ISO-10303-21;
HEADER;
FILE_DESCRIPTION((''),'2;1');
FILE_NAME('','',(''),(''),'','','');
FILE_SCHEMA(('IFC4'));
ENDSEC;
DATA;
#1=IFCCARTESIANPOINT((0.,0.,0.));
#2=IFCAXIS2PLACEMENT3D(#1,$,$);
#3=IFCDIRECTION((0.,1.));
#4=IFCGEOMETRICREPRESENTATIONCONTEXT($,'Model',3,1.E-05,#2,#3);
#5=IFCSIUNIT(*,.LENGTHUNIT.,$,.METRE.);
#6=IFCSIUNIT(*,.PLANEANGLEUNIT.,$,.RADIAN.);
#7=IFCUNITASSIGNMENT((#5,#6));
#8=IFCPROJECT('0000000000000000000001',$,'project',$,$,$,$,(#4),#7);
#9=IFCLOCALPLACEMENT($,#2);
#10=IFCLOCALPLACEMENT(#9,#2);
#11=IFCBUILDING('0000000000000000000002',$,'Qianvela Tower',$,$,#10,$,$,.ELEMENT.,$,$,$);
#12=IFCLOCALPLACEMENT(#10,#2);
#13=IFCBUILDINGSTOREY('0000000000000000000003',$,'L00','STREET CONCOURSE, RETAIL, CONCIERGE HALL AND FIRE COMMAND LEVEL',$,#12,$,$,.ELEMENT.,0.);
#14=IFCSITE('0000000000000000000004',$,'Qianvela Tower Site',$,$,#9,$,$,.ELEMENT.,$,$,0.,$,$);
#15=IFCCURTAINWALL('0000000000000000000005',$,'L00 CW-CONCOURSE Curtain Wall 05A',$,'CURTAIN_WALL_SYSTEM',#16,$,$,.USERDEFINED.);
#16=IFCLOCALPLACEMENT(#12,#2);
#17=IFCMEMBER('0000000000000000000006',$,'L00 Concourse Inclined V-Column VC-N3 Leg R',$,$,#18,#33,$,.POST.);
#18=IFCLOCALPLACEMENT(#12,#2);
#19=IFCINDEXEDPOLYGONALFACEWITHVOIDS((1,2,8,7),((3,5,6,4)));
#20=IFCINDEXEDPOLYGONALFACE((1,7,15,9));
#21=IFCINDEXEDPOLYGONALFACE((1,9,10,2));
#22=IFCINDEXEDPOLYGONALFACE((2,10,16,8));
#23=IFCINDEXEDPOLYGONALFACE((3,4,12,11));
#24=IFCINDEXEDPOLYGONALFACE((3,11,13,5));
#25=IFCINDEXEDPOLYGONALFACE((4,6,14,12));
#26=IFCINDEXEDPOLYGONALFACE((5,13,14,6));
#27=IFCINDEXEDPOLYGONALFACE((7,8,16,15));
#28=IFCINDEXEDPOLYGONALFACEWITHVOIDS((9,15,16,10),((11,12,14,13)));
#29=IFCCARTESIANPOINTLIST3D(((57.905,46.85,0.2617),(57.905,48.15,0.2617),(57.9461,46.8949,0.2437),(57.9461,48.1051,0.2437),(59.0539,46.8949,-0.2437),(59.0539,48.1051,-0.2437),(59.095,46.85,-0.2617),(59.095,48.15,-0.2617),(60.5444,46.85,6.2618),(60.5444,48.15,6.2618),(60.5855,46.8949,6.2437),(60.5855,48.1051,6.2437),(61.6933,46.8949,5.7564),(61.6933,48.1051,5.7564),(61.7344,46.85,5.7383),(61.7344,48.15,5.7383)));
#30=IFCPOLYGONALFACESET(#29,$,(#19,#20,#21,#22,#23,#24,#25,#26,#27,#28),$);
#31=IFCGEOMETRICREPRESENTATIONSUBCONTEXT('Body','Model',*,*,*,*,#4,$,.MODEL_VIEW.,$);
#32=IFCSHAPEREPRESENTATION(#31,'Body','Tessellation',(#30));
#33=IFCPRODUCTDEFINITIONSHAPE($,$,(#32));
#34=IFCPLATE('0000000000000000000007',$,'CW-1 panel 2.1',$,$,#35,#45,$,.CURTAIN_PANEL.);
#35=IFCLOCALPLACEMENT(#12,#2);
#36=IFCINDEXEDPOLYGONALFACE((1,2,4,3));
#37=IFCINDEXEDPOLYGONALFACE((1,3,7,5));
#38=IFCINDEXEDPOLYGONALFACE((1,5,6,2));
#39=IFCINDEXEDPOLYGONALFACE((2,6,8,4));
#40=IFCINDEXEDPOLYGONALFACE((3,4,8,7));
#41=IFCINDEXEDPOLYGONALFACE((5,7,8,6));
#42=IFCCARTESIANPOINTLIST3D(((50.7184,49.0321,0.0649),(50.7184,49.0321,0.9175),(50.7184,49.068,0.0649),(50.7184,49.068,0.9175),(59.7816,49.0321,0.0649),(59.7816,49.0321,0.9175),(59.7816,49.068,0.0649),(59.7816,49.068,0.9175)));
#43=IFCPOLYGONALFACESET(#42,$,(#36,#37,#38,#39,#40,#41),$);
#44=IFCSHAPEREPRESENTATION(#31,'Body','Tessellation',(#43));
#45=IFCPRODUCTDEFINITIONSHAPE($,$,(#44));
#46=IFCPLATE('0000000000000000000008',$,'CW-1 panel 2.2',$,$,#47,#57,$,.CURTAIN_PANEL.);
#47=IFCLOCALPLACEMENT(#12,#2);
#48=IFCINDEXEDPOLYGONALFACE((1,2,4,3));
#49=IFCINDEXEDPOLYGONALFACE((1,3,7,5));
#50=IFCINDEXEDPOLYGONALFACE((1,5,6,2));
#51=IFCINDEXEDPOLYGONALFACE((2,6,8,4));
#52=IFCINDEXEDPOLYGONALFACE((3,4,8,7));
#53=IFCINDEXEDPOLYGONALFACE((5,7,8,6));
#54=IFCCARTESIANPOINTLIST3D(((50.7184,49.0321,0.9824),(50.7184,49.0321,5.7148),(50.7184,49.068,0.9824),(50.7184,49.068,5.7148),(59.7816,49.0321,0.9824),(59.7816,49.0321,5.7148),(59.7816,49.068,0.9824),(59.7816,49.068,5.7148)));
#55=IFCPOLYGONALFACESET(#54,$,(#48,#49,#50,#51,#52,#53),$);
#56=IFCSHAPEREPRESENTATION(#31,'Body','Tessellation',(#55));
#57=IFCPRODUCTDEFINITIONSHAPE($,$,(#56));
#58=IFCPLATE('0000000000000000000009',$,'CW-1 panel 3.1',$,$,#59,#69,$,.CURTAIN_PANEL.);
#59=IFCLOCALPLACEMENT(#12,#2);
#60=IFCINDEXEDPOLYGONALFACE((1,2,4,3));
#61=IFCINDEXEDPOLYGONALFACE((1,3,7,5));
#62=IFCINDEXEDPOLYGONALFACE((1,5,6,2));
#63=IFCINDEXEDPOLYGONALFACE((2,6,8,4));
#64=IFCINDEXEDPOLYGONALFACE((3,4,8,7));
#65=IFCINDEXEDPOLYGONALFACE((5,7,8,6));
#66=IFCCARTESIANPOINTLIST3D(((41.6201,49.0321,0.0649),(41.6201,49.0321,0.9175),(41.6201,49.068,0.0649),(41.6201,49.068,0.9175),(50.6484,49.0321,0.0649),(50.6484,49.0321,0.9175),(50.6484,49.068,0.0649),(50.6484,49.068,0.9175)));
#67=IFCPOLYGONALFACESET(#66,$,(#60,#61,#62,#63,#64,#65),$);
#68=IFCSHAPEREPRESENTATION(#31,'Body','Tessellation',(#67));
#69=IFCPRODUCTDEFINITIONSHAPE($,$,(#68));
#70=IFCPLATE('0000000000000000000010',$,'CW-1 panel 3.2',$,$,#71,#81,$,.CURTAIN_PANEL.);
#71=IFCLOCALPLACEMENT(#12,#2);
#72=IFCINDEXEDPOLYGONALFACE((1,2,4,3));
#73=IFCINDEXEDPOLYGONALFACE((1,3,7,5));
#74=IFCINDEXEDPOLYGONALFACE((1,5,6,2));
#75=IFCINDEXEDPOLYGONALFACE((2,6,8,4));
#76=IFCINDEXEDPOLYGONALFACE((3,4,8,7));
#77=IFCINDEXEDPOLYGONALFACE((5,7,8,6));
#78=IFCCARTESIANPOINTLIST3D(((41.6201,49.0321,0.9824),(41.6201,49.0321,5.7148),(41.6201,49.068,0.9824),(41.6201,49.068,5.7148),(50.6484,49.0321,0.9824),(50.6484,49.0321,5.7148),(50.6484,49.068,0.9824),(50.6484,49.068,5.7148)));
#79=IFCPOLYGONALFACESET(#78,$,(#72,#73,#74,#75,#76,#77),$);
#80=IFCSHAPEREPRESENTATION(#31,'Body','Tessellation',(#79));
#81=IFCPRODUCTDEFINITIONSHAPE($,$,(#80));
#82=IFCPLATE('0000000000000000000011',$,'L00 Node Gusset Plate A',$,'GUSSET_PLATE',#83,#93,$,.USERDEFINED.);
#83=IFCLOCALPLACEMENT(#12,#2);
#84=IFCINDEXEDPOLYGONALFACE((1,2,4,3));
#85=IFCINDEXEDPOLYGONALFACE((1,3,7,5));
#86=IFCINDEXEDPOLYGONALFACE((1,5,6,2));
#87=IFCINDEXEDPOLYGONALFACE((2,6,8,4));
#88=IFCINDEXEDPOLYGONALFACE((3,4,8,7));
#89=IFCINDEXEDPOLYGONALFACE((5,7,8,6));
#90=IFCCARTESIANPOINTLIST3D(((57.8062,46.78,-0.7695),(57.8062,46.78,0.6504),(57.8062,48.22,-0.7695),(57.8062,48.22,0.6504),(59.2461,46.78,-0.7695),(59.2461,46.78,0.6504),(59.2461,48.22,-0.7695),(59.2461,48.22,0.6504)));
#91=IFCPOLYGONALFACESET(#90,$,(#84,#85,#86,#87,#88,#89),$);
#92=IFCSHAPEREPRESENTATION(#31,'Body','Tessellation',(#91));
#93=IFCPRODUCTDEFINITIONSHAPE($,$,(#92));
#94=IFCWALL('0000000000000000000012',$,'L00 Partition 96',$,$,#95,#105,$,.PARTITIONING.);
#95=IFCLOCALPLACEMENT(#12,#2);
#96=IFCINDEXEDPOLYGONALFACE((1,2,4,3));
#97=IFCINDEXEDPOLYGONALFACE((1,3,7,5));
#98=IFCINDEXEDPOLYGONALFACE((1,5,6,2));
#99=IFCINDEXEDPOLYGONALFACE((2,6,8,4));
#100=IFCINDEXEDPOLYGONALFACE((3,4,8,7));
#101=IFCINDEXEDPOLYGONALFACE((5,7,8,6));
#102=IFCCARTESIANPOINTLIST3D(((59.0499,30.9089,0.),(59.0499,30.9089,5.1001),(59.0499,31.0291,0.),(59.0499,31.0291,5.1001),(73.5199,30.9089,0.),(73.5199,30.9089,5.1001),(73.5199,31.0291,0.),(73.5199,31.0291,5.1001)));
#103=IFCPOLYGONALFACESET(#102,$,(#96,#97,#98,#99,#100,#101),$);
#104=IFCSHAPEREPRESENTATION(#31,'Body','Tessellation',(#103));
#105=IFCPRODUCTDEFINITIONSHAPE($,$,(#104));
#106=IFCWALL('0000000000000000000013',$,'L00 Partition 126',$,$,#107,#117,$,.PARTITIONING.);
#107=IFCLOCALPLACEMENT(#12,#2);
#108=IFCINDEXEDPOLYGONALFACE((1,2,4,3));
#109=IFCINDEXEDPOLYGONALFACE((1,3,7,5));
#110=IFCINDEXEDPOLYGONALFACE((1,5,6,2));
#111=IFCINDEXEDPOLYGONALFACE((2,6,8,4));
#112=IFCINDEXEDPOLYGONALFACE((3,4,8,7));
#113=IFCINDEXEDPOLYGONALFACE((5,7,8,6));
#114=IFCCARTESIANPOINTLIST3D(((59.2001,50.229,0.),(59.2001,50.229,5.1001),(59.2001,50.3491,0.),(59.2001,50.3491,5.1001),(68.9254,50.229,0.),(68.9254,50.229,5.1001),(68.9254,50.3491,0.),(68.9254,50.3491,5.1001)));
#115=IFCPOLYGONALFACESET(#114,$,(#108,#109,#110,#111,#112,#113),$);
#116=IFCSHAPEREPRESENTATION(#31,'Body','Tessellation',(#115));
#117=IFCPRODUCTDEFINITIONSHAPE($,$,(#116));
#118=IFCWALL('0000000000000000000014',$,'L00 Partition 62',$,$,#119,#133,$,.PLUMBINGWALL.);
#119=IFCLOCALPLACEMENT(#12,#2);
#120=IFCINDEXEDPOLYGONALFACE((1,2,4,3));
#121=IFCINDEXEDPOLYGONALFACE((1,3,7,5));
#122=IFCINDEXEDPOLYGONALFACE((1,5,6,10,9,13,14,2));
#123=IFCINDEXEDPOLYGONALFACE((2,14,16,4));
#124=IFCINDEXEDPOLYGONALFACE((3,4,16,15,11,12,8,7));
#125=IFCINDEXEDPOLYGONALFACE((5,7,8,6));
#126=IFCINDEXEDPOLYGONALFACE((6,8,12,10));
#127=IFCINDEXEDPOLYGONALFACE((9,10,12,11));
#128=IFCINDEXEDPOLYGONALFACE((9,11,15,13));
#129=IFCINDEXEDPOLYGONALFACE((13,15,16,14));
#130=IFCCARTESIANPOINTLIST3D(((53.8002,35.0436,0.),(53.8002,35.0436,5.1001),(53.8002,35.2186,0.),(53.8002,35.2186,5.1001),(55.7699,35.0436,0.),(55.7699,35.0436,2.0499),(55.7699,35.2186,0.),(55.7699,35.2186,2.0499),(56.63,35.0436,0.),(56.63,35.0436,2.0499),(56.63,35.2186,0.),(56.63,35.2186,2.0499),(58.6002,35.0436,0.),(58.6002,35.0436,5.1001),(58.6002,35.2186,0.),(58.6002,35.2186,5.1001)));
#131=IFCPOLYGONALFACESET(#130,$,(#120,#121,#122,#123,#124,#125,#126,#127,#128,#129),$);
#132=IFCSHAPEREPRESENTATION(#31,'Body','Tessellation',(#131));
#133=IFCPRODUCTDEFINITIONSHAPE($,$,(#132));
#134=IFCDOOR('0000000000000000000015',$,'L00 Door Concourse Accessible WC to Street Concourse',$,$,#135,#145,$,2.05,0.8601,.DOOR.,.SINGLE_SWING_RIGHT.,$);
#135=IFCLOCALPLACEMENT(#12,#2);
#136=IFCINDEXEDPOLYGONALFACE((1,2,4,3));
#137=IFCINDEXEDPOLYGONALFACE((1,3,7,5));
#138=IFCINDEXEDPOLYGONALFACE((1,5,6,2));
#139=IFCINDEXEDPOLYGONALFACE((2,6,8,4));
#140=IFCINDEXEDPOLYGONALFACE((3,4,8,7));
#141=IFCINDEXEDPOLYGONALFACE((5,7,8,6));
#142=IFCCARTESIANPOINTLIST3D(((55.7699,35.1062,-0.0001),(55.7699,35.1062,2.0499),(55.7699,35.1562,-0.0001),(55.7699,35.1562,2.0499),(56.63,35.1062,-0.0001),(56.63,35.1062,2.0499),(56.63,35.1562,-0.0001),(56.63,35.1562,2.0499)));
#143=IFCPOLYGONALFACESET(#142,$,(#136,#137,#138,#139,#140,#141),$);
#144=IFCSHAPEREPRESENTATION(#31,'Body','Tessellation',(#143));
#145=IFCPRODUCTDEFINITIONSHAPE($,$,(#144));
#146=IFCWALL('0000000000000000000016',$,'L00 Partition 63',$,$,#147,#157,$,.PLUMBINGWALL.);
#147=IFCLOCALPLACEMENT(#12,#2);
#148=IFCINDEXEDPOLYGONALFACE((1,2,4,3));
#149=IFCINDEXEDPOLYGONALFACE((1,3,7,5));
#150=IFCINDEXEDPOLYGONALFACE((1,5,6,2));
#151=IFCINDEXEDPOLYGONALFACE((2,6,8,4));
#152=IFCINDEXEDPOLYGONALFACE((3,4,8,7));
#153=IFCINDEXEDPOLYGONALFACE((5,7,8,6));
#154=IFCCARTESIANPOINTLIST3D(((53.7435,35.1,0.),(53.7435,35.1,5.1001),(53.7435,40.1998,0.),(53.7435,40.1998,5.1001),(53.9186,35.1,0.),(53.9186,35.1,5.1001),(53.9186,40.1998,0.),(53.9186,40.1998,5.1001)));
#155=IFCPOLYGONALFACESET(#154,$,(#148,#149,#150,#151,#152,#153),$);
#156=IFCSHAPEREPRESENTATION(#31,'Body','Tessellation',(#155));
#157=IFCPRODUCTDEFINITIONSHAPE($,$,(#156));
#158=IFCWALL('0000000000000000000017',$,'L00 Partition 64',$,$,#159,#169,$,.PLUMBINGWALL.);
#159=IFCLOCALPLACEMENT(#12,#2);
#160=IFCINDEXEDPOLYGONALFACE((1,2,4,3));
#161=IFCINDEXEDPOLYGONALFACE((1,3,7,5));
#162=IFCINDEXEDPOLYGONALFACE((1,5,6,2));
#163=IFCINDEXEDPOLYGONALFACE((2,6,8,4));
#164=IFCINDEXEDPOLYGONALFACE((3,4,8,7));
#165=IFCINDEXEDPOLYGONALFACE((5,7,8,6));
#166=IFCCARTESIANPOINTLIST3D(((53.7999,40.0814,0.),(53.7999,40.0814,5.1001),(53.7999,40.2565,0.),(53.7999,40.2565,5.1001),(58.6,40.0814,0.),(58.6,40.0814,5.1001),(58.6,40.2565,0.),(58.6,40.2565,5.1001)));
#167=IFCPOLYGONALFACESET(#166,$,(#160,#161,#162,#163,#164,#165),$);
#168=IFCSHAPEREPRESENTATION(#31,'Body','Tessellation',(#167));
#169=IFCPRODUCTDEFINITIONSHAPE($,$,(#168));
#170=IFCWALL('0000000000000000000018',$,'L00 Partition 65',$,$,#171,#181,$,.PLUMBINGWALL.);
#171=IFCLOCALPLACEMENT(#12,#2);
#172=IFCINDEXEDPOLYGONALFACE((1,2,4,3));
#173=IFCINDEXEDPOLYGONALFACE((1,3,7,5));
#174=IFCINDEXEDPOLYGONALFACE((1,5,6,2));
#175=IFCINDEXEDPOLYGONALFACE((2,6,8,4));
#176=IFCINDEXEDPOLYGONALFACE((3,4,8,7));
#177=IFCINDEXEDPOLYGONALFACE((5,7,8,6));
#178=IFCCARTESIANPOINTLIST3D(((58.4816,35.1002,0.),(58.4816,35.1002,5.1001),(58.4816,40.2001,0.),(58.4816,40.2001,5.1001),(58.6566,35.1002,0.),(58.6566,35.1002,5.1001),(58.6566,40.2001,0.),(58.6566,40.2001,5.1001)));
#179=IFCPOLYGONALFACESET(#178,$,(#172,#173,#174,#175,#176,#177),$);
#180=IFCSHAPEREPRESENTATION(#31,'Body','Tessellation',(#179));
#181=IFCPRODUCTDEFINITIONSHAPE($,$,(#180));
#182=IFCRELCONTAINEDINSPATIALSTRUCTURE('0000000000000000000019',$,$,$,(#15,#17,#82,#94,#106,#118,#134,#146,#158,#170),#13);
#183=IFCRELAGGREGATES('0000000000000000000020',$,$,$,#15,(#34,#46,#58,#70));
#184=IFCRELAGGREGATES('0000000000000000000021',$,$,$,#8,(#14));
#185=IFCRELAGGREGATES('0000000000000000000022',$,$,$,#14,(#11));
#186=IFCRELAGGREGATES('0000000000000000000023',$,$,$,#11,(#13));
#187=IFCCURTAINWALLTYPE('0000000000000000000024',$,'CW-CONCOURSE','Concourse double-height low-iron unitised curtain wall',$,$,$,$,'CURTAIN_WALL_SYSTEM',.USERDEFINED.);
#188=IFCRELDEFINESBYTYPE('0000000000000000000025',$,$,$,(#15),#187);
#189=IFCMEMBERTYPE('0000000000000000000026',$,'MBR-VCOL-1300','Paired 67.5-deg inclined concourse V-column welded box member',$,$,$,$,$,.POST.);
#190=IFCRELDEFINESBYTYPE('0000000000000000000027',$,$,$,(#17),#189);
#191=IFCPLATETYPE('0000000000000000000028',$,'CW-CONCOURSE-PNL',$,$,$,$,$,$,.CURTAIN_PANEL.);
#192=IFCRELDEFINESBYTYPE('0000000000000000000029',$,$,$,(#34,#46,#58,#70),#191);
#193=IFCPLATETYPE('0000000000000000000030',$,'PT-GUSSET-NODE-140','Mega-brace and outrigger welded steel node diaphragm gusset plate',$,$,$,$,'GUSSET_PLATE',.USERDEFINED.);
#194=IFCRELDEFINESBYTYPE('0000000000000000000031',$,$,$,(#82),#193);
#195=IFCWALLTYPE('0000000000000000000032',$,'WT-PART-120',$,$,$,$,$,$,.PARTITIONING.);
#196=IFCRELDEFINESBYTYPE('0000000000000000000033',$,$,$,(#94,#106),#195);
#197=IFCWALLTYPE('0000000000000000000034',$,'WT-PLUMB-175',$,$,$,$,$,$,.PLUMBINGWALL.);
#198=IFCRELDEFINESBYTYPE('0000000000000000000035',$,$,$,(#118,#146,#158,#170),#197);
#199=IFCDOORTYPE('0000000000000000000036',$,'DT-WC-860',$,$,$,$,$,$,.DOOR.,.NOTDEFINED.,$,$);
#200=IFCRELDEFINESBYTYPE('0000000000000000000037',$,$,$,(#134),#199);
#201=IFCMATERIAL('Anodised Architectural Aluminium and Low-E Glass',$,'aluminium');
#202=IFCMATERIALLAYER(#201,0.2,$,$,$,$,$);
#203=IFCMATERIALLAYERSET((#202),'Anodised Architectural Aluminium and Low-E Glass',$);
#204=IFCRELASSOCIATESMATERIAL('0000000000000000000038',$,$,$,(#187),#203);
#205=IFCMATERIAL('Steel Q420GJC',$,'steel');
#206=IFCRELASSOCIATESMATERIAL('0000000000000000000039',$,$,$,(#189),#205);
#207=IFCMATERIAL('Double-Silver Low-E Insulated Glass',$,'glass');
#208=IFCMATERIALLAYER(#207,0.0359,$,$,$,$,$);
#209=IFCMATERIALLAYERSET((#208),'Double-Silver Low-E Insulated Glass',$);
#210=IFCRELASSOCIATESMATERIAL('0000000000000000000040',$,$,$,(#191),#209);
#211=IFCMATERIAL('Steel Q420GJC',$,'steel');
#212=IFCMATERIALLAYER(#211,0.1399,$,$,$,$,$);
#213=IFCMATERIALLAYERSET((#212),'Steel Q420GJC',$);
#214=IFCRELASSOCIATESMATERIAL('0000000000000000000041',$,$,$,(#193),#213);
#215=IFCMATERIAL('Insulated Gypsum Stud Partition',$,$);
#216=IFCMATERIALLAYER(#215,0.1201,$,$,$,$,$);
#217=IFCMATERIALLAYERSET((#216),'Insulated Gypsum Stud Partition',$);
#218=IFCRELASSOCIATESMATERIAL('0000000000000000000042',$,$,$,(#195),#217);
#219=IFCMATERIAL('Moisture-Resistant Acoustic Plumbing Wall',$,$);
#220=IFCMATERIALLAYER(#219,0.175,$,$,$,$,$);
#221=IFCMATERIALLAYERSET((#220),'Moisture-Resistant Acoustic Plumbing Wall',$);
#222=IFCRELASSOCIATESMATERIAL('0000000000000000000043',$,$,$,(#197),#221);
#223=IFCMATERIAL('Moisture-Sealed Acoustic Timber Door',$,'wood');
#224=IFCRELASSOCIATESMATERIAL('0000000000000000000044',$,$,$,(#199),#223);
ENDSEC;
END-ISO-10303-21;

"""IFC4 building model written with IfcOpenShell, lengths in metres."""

from ifc_helpers import new_model, si_unit, direction, frame, frame_2d, origin, origin_2d, place, context, subcontext, project, spatial, rectangle, hollow_rectangle, extrude, material, layer, layer_set, material_profile, profile_set, type_object, element, fill, aggregate, save


model = new_model("IFC4")

# Units and contexts
model_context = context("Model", 3, precision=1e-05, world=origin(), true_north=direction((0.0, 1.0)))
body_context = subcontext(model_context, "Body", "Model", "MODEL_VIEW")
ifc_project = project(units=[si_unit("LENGTHUNIT", "METRE"), si_unit("PLANEANGLEUNIT", "RADIAN")], contexts=[model_context])

# Site, building, storey
site_placement = place(None, origin())
site = spatial("IfcSite", under=ifc_project, at=site_placement, Name="Qianvela Tower Site", CompositionType="ELEMENT", RefElevation=0.0)
building_placement = place(site_placement, origin())
building = spatial("IfcBuilding", under=site, at=building_placement, Name="Qianvela Tower", CompositionType="ELEMENT")
storey_placement = place(building_placement, origin())
storey = spatial("IfcBuildingStorey", under=building, at=storey_placement, Name="L00", Description="STREET CONCOURSE, RETAIL, CONCIERGE HALL AND FIRE COMMAND LEVEL", CompositionType="ELEMENT", Elevation=0.0)

# Curtain wall
ifc_material_1 = material(Name="Anodised Architectural Aluminium and Low-E Glass", Category="aluminium")
ifc_layer_1 = layer(ifc_material_1, 0.2)
ifc_layer_set_1 = layer_set([ifc_layer_1], Name="Anodised Architectural Aluminium and Low-E Glass")
curtain_wall_type = type_object("IfcCurtainWallType", Name="CW-CONCOURSE", Description="Concourse double-height low-iron unitised curtain wall", ElementType="CURTAIN_WALL_SYSTEM", PredefinedType="USERDEFINED", material=ifc_layer_set_1)
curtain_wall_placement = place(storey_placement, origin())
curtain_wall = element("IfcCurtainWall", 1, at=curtain_wall_placement, inside=storey, type_object=curtain_wall_type, Name="L00 CW-CONCOURSE Curtain Wall 05A", ObjectType="CURTAIN_WALL_SYSTEM", PredefinedType="USERDEFINED")

# Member
ifc_material_2 = material(Name="Steel Q420GJC", Category="steel")
ifc_material_profile_1 = material_profile(ifc_material_2, hollow_rectangle(XDim=1.3, YDim=1.3, WallThickness=0.0449, at=origin_2d()), Name="VBOX-1300x1300x45")
ifc_profile_set_1 = profile_set([ifc_material_profile_1], Name="Steel Q420GJC")
member_type_1 = type_object("IfcMemberType", Name="MBR-VCOL-1300", Description="Paired 67.5-deg inclined concourse V-column welded box member", PredefinedType="POST", material=ifc_profile_set_1)
for number, where, z_axis, x_axis, name in (
    (2, (58.5, 47.5, 0.0), (0.402662, 0.0, 0.915349), (0.0, 1.0, 0.0), "L00 Concourse Inclined V-Column VC-N3 Leg R"),
):
    element("IfcMember", number, at=place(storey_placement, frame(where, z_axis=z_axis, x_axis=x_axis)), inside=storey, type_object=member_type_1, Name=name, PredefinedType="POST", context=body_context, shape_type="SweptSolid", body=[
        extrude(hollow_rectangle(XDim=1.3, YDim=1.3, WallThickness=0.0449, at=origin_2d()), origin(), (0.0, 0.0, 1.0), 6.5549),
    ])

# Plates
ifc_material_3 = material(Name="Double-Silver Low-E Insulated Glass", Category="glass")
ifc_layer_2 = layer(ifc_material_3, 0.0359)
ifc_layer_set_2 = layer_set([ifc_layer_2], Name="Double-Silver Low-E Insulated Glass")
plate_type_1 = type_object("IfcPlateType", Name="CW-CONCOURSE-PNL", PredefinedType="CURTAIN_PANEL", material=ifc_layer_set_2)
plate_1_placement = place(storey_placement, frame((55.25, 49.05, 0.0649), z_axis=(0.0, 0.0, 1.0), x_axis=(-1.0, 0.0, 0.0)))
plate_1 = element("IfcPlate", 3, at=plate_1_placement, type_object=plate_type_1, Name="CW-1 panel 2.1", PredefinedType="CURTAIN_PANEL", context=body_context, shape_type="SweptSolid", body=[
    extrude(rectangle(XDim=9.0632, YDim=0.0359, at=origin_2d()), origin(), (0.0, 0.0, 1.0), 0.8525),
])
plate_2_placement = place(storey_placement, frame((55.25, 49.05, 0.9824), z_axis=(0.0, 0.0, 1.0), x_axis=(-1.0, 0.0, 0.0)))
plate_2 = element("IfcPlate", 4, at=plate_2_placement, type_object=plate_type_1, Name="CW-1 panel 2.2", PredefinedType="CURTAIN_PANEL", context=body_context, shape_type="SweptSolid", body=[
    extrude(rectangle(XDim=9.0632, YDim=0.0359, at=origin_2d()), origin(), (0.0, 0.0, 1.0), 4.7324),
])
plate_3_placement = place(storey_placement, frame((46.1343, 49.05, 0.0649), z_axis=(0.0, 0.0, 1.0), x_axis=(-1.0, 0.0, 0.0)))
plate_3 = element("IfcPlate", 5, at=plate_3_placement, type_object=plate_type_1, Name="CW-1 panel 3.1", PredefinedType="CURTAIN_PANEL", context=body_context, shape_type="SweptSolid", body=[
    extrude(rectangle(XDim=9.0283, YDim=0.0359, at=origin_2d()), origin(), (0.0, 0.0, 1.0), 0.8525),
])
plate_4_placement = place(storey_placement, frame((46.1343, 49.05, 0.9824), z_axis=(0.0, 0.0, 1.0), x_axis=(-1.0, 0.0, 0.0)))
plate_4 = element("IfcPlate", 6, at=plate_4_placement, type_object=plate_type_1, Name="CW-1 panel 3.2", PredefinedType="CURTAIN_PANEL", context=body_context, shape_type="SweptSolid", body=[
    extrude(rectangle(XDim=9.0283, YDim=0.0359, at=origin_2d()), origin(), (0.0, 0.0, 1.0), 4.7324),
])
aggregate(curtain_wall, [plate_1, plate_2, plate_3, plate_4])
ifc_material_4 = material(Name="Steel Q420GJC", Category="steel")
ifc_layer_3 = layer(ifc_material_4, 0.1399)
ifc_layer_set_3 = layer_set([ifc_layer_3], Name="Steel Q420GJC")
plate_type_2 = type_object("IfcPlateType", Name="PT-GUSSET-NODE-140", Description="Mega-brace and outrigger welded steel node diaphragm gusset plate", ElementType="GUSSET_PLATE", PredefinedType="USERDEFINED", material=ifc_layer_set_3)
plate_5_placement = place(storey_placement, frame((58.5261, 47.5, -0.7695), z_axis=(0.0, 0.0, 1.0), x_axis=(1.0, 0.0, 0.0)))
element("IfcPlate", 7, at=plate_5_placement, inside=storey, type_object=plate_type_2, Name="L00 Node Gusset Plate A", ObjectType="GUSSET_PLATE", PredefinedType="USERDEFINED", context=body_context, shape_type="SweptSolid", body=[
    extrude(rectangle(XDim=1.4399, YDim=1.4399, at=origin_2d()), origin(), (0.0, 0.0, 1.0), 1.4199),
])

# Walls
ifc_material_5 = material(Name="Insulated Gypsum Stud Partition")
ifc_layer_4 = layer(ifc_material_5, 0.1201)
ifc_layer_set_4 = layer_set([ifc_layer_4], Name="Insulated Gypsum Stud Partition")
wall_type_1 = type_object("IfcWallType", Name="WT-PART-120", PredefinedType="PARTITIONING", material=ifc_layer_set_4)
wall_1_placement = place(storey_placement, frame((59.05, 30.969, 0.0), z_axis=(0.0, 0.0, 1.0), x_axis=(1.0, 0.0, 0.0)))
element("IfcWall", 8, at=wall_1_placement, inside=storey, type_object=wall_type_1, Name="L00 Partition 96", PredefinedType="PARTITIONING", context=body_context, shape_type="SweptSolid", body=[
    extrude(rectangle(XDim=14.47, YDim=0.1201, at=frame_2d((7.2349, 0.0))), origin(), (0.0, 0.0, 1.0), 5.1001),
])
wall_2_placement = place(storey_placement, frame((59.2, 50.2891, 0.0), z_axis=(0.0, 0.0, 1.0), x_axis=(1.0, 0.0, 0.0)))
element("IfcWall", 9, at=wall_2_placement, inside=storey, type_object=wall_type_1, Name="L00 Partition 126", PredefinedType="PARTITIONING", context=body_context, shape_type="SweptSolid", body=[
    extrude(rectangle(XDim=9.7253, YDim=0.1201, at=frame_2d((4.8628, 0.0))), origin(), (0.0, 0.0, 1.0), 5.1001),
])

# Wall, opening, door
ifc_material_6 = material(Name="Moisture-Resistant Acoustic Plumbing Wall")
ifc_layer_5 = layer(ifc_material_6, 0.175)
ifc_layer_set_5 = layer_set([ifc_layer_5], Name="Moisture-Resistant Acoustic Plumbing Wall")
wall_type_2 = type_object("IfcWallType", Name="WT-PLUMB-175", PredefinedType="PLUMBINGWALL", material=ifc_layer_set_5)
wall_3_placement = place(storey_placement, frame((58.6001, 35.1311, 0.0), z_axis=(0.0, 0.0, 1.0), x_axis=(-1.0, 0.0, 0.0)))
wall_3 = element("IfcWall", 10, at=wall_3_placement, inside=storey, type_object=wall_type_2, Name="L00 Partition 62", PredefinedType="PLUMBINGWALL", context=body_context, shape_type="SweptSolid", body=[
    extrude(rectangle(XDim=4.8, YDim=0.175, at=frame_2d((2.3999, 0.0))), origin(), (0.0, 0.0, 1.0), 5.1001),
])
opening_1_placement = place(wall_3_placement, frame((1.97, 0.0, 0.0)))
opening_1 = element("IfcOpeningElement", 11, at=opening_1_placement, cuts=wall_3, PredefinedType="OPENING", context=body_context, shape_type="SweptSolid", body=[
    extrude(rectangle(XDim=0.8601, YDim=2.05, at=frame_2d((0.4302, 1.0249))), frame((0.0, 0.0974, 0.0), z_axis=(0.0, -1.0, 0.0), x_axis=(1.0, 0.0, 0.0)), (0.0, 0.0, 1.0), 0.1951),
])
ifc_material_7 = material(Name="Moisture-Sealed Acoustic Timber Door", Category="wood")
door_type_1 = type_object("IfcDoorType", Name="DT-WC-860", OperationType="NOTDEFINED", PredefinedType="DOOR", material=ifc_material_7)
door_1_placement = place(opening_1_placement, origin())
door_1 = element("IfcDoor", 12, at=door_1_placement, inside=storey, type_object=door_type_1, Name="L00 Door Concourse Accessible WC to Street Concourse", OperationType="SINGLE_SWING_RIGHT", OverallHeight=2.05, OverallWidth=0.8601, PredefinedType="DOOR", context=body_context, shape_type="SweptSolid", body=[
    extrude(rectangle(XDim=0.8601, YDim=2.05, at=frame_2d((0.4302, 1.0249))), frame((0.0, 0.0249, 0.0), z_axis=(0.0, -1.0, 0.0), x_axis=(1.0, 0.0, 0.0)), (0.0, 0.0, 1.0), 0.05),
])
fill(opening_1, door_1)

# Walls
wall_4_placement = place(storey_placement, frame((53.8311, 35.1001, 0.0), z_axis=(0.0, 0.0, 1.0), x_axis=(0.0, 1.0, 0.0)))
element("IfcWall", 13, at=wall_4_placement, inside=storey, type_object=wall_type_2, Name="L00 Partition 63", PredefinedType="PLUMBINGWALL", context=body_context, shape_type="SweptSolid", body=[
    extrude(rectangle(XDim=5.0999, YDim=0.175, at=frame_2d((2.5498, 0.0))), origin(), (0.0, 0.0, 1.0), 5.1001),
])
wall_5_placement = place(storey_placement, frame((53.8, 40.1689, 0.0), z_axis=(0.0, 0.0, 1.0), x_axis=(1.0, 0.0, 0.0)))
element("IfcWall", 14, at=wall_5_placement, inside=storey, type_object=wall_type_2, Name="L00 Partition 64", PredefinedType="PLUMBINGWALL", context=body_context, shape_type="SweptSolid", body=[
    extrude(rectangle(XDim=4.8, YDim=0.175, at=frame_2d((2.3999, 0.0))), origin(), (0.0, 0.0, 1.0), 5.1001),
])
wall_6_placement = place(storey_placement, frame((58.5691, 40.2, 0.0), z_axis=(0.0, 0.0, 1.0), x_axis=(0.0, -1.0, 0.0)))
element("IfcWall", 15, at=wall_6_placement, inside=storey, type_object=wall_type_2, Name="L00 Partition 65", PredefinedType="PLUMBINGWALL", context=body_context, shape_type="SweptSolid", body=[
    extrude(rectangle(XDim=5.0999, YDim=0.175, at=frame_2d((2.5498, 0.0))), origin(), (0.0, 0.0, 1.0), 5.1001),
])

save(model, "model.ifc")
